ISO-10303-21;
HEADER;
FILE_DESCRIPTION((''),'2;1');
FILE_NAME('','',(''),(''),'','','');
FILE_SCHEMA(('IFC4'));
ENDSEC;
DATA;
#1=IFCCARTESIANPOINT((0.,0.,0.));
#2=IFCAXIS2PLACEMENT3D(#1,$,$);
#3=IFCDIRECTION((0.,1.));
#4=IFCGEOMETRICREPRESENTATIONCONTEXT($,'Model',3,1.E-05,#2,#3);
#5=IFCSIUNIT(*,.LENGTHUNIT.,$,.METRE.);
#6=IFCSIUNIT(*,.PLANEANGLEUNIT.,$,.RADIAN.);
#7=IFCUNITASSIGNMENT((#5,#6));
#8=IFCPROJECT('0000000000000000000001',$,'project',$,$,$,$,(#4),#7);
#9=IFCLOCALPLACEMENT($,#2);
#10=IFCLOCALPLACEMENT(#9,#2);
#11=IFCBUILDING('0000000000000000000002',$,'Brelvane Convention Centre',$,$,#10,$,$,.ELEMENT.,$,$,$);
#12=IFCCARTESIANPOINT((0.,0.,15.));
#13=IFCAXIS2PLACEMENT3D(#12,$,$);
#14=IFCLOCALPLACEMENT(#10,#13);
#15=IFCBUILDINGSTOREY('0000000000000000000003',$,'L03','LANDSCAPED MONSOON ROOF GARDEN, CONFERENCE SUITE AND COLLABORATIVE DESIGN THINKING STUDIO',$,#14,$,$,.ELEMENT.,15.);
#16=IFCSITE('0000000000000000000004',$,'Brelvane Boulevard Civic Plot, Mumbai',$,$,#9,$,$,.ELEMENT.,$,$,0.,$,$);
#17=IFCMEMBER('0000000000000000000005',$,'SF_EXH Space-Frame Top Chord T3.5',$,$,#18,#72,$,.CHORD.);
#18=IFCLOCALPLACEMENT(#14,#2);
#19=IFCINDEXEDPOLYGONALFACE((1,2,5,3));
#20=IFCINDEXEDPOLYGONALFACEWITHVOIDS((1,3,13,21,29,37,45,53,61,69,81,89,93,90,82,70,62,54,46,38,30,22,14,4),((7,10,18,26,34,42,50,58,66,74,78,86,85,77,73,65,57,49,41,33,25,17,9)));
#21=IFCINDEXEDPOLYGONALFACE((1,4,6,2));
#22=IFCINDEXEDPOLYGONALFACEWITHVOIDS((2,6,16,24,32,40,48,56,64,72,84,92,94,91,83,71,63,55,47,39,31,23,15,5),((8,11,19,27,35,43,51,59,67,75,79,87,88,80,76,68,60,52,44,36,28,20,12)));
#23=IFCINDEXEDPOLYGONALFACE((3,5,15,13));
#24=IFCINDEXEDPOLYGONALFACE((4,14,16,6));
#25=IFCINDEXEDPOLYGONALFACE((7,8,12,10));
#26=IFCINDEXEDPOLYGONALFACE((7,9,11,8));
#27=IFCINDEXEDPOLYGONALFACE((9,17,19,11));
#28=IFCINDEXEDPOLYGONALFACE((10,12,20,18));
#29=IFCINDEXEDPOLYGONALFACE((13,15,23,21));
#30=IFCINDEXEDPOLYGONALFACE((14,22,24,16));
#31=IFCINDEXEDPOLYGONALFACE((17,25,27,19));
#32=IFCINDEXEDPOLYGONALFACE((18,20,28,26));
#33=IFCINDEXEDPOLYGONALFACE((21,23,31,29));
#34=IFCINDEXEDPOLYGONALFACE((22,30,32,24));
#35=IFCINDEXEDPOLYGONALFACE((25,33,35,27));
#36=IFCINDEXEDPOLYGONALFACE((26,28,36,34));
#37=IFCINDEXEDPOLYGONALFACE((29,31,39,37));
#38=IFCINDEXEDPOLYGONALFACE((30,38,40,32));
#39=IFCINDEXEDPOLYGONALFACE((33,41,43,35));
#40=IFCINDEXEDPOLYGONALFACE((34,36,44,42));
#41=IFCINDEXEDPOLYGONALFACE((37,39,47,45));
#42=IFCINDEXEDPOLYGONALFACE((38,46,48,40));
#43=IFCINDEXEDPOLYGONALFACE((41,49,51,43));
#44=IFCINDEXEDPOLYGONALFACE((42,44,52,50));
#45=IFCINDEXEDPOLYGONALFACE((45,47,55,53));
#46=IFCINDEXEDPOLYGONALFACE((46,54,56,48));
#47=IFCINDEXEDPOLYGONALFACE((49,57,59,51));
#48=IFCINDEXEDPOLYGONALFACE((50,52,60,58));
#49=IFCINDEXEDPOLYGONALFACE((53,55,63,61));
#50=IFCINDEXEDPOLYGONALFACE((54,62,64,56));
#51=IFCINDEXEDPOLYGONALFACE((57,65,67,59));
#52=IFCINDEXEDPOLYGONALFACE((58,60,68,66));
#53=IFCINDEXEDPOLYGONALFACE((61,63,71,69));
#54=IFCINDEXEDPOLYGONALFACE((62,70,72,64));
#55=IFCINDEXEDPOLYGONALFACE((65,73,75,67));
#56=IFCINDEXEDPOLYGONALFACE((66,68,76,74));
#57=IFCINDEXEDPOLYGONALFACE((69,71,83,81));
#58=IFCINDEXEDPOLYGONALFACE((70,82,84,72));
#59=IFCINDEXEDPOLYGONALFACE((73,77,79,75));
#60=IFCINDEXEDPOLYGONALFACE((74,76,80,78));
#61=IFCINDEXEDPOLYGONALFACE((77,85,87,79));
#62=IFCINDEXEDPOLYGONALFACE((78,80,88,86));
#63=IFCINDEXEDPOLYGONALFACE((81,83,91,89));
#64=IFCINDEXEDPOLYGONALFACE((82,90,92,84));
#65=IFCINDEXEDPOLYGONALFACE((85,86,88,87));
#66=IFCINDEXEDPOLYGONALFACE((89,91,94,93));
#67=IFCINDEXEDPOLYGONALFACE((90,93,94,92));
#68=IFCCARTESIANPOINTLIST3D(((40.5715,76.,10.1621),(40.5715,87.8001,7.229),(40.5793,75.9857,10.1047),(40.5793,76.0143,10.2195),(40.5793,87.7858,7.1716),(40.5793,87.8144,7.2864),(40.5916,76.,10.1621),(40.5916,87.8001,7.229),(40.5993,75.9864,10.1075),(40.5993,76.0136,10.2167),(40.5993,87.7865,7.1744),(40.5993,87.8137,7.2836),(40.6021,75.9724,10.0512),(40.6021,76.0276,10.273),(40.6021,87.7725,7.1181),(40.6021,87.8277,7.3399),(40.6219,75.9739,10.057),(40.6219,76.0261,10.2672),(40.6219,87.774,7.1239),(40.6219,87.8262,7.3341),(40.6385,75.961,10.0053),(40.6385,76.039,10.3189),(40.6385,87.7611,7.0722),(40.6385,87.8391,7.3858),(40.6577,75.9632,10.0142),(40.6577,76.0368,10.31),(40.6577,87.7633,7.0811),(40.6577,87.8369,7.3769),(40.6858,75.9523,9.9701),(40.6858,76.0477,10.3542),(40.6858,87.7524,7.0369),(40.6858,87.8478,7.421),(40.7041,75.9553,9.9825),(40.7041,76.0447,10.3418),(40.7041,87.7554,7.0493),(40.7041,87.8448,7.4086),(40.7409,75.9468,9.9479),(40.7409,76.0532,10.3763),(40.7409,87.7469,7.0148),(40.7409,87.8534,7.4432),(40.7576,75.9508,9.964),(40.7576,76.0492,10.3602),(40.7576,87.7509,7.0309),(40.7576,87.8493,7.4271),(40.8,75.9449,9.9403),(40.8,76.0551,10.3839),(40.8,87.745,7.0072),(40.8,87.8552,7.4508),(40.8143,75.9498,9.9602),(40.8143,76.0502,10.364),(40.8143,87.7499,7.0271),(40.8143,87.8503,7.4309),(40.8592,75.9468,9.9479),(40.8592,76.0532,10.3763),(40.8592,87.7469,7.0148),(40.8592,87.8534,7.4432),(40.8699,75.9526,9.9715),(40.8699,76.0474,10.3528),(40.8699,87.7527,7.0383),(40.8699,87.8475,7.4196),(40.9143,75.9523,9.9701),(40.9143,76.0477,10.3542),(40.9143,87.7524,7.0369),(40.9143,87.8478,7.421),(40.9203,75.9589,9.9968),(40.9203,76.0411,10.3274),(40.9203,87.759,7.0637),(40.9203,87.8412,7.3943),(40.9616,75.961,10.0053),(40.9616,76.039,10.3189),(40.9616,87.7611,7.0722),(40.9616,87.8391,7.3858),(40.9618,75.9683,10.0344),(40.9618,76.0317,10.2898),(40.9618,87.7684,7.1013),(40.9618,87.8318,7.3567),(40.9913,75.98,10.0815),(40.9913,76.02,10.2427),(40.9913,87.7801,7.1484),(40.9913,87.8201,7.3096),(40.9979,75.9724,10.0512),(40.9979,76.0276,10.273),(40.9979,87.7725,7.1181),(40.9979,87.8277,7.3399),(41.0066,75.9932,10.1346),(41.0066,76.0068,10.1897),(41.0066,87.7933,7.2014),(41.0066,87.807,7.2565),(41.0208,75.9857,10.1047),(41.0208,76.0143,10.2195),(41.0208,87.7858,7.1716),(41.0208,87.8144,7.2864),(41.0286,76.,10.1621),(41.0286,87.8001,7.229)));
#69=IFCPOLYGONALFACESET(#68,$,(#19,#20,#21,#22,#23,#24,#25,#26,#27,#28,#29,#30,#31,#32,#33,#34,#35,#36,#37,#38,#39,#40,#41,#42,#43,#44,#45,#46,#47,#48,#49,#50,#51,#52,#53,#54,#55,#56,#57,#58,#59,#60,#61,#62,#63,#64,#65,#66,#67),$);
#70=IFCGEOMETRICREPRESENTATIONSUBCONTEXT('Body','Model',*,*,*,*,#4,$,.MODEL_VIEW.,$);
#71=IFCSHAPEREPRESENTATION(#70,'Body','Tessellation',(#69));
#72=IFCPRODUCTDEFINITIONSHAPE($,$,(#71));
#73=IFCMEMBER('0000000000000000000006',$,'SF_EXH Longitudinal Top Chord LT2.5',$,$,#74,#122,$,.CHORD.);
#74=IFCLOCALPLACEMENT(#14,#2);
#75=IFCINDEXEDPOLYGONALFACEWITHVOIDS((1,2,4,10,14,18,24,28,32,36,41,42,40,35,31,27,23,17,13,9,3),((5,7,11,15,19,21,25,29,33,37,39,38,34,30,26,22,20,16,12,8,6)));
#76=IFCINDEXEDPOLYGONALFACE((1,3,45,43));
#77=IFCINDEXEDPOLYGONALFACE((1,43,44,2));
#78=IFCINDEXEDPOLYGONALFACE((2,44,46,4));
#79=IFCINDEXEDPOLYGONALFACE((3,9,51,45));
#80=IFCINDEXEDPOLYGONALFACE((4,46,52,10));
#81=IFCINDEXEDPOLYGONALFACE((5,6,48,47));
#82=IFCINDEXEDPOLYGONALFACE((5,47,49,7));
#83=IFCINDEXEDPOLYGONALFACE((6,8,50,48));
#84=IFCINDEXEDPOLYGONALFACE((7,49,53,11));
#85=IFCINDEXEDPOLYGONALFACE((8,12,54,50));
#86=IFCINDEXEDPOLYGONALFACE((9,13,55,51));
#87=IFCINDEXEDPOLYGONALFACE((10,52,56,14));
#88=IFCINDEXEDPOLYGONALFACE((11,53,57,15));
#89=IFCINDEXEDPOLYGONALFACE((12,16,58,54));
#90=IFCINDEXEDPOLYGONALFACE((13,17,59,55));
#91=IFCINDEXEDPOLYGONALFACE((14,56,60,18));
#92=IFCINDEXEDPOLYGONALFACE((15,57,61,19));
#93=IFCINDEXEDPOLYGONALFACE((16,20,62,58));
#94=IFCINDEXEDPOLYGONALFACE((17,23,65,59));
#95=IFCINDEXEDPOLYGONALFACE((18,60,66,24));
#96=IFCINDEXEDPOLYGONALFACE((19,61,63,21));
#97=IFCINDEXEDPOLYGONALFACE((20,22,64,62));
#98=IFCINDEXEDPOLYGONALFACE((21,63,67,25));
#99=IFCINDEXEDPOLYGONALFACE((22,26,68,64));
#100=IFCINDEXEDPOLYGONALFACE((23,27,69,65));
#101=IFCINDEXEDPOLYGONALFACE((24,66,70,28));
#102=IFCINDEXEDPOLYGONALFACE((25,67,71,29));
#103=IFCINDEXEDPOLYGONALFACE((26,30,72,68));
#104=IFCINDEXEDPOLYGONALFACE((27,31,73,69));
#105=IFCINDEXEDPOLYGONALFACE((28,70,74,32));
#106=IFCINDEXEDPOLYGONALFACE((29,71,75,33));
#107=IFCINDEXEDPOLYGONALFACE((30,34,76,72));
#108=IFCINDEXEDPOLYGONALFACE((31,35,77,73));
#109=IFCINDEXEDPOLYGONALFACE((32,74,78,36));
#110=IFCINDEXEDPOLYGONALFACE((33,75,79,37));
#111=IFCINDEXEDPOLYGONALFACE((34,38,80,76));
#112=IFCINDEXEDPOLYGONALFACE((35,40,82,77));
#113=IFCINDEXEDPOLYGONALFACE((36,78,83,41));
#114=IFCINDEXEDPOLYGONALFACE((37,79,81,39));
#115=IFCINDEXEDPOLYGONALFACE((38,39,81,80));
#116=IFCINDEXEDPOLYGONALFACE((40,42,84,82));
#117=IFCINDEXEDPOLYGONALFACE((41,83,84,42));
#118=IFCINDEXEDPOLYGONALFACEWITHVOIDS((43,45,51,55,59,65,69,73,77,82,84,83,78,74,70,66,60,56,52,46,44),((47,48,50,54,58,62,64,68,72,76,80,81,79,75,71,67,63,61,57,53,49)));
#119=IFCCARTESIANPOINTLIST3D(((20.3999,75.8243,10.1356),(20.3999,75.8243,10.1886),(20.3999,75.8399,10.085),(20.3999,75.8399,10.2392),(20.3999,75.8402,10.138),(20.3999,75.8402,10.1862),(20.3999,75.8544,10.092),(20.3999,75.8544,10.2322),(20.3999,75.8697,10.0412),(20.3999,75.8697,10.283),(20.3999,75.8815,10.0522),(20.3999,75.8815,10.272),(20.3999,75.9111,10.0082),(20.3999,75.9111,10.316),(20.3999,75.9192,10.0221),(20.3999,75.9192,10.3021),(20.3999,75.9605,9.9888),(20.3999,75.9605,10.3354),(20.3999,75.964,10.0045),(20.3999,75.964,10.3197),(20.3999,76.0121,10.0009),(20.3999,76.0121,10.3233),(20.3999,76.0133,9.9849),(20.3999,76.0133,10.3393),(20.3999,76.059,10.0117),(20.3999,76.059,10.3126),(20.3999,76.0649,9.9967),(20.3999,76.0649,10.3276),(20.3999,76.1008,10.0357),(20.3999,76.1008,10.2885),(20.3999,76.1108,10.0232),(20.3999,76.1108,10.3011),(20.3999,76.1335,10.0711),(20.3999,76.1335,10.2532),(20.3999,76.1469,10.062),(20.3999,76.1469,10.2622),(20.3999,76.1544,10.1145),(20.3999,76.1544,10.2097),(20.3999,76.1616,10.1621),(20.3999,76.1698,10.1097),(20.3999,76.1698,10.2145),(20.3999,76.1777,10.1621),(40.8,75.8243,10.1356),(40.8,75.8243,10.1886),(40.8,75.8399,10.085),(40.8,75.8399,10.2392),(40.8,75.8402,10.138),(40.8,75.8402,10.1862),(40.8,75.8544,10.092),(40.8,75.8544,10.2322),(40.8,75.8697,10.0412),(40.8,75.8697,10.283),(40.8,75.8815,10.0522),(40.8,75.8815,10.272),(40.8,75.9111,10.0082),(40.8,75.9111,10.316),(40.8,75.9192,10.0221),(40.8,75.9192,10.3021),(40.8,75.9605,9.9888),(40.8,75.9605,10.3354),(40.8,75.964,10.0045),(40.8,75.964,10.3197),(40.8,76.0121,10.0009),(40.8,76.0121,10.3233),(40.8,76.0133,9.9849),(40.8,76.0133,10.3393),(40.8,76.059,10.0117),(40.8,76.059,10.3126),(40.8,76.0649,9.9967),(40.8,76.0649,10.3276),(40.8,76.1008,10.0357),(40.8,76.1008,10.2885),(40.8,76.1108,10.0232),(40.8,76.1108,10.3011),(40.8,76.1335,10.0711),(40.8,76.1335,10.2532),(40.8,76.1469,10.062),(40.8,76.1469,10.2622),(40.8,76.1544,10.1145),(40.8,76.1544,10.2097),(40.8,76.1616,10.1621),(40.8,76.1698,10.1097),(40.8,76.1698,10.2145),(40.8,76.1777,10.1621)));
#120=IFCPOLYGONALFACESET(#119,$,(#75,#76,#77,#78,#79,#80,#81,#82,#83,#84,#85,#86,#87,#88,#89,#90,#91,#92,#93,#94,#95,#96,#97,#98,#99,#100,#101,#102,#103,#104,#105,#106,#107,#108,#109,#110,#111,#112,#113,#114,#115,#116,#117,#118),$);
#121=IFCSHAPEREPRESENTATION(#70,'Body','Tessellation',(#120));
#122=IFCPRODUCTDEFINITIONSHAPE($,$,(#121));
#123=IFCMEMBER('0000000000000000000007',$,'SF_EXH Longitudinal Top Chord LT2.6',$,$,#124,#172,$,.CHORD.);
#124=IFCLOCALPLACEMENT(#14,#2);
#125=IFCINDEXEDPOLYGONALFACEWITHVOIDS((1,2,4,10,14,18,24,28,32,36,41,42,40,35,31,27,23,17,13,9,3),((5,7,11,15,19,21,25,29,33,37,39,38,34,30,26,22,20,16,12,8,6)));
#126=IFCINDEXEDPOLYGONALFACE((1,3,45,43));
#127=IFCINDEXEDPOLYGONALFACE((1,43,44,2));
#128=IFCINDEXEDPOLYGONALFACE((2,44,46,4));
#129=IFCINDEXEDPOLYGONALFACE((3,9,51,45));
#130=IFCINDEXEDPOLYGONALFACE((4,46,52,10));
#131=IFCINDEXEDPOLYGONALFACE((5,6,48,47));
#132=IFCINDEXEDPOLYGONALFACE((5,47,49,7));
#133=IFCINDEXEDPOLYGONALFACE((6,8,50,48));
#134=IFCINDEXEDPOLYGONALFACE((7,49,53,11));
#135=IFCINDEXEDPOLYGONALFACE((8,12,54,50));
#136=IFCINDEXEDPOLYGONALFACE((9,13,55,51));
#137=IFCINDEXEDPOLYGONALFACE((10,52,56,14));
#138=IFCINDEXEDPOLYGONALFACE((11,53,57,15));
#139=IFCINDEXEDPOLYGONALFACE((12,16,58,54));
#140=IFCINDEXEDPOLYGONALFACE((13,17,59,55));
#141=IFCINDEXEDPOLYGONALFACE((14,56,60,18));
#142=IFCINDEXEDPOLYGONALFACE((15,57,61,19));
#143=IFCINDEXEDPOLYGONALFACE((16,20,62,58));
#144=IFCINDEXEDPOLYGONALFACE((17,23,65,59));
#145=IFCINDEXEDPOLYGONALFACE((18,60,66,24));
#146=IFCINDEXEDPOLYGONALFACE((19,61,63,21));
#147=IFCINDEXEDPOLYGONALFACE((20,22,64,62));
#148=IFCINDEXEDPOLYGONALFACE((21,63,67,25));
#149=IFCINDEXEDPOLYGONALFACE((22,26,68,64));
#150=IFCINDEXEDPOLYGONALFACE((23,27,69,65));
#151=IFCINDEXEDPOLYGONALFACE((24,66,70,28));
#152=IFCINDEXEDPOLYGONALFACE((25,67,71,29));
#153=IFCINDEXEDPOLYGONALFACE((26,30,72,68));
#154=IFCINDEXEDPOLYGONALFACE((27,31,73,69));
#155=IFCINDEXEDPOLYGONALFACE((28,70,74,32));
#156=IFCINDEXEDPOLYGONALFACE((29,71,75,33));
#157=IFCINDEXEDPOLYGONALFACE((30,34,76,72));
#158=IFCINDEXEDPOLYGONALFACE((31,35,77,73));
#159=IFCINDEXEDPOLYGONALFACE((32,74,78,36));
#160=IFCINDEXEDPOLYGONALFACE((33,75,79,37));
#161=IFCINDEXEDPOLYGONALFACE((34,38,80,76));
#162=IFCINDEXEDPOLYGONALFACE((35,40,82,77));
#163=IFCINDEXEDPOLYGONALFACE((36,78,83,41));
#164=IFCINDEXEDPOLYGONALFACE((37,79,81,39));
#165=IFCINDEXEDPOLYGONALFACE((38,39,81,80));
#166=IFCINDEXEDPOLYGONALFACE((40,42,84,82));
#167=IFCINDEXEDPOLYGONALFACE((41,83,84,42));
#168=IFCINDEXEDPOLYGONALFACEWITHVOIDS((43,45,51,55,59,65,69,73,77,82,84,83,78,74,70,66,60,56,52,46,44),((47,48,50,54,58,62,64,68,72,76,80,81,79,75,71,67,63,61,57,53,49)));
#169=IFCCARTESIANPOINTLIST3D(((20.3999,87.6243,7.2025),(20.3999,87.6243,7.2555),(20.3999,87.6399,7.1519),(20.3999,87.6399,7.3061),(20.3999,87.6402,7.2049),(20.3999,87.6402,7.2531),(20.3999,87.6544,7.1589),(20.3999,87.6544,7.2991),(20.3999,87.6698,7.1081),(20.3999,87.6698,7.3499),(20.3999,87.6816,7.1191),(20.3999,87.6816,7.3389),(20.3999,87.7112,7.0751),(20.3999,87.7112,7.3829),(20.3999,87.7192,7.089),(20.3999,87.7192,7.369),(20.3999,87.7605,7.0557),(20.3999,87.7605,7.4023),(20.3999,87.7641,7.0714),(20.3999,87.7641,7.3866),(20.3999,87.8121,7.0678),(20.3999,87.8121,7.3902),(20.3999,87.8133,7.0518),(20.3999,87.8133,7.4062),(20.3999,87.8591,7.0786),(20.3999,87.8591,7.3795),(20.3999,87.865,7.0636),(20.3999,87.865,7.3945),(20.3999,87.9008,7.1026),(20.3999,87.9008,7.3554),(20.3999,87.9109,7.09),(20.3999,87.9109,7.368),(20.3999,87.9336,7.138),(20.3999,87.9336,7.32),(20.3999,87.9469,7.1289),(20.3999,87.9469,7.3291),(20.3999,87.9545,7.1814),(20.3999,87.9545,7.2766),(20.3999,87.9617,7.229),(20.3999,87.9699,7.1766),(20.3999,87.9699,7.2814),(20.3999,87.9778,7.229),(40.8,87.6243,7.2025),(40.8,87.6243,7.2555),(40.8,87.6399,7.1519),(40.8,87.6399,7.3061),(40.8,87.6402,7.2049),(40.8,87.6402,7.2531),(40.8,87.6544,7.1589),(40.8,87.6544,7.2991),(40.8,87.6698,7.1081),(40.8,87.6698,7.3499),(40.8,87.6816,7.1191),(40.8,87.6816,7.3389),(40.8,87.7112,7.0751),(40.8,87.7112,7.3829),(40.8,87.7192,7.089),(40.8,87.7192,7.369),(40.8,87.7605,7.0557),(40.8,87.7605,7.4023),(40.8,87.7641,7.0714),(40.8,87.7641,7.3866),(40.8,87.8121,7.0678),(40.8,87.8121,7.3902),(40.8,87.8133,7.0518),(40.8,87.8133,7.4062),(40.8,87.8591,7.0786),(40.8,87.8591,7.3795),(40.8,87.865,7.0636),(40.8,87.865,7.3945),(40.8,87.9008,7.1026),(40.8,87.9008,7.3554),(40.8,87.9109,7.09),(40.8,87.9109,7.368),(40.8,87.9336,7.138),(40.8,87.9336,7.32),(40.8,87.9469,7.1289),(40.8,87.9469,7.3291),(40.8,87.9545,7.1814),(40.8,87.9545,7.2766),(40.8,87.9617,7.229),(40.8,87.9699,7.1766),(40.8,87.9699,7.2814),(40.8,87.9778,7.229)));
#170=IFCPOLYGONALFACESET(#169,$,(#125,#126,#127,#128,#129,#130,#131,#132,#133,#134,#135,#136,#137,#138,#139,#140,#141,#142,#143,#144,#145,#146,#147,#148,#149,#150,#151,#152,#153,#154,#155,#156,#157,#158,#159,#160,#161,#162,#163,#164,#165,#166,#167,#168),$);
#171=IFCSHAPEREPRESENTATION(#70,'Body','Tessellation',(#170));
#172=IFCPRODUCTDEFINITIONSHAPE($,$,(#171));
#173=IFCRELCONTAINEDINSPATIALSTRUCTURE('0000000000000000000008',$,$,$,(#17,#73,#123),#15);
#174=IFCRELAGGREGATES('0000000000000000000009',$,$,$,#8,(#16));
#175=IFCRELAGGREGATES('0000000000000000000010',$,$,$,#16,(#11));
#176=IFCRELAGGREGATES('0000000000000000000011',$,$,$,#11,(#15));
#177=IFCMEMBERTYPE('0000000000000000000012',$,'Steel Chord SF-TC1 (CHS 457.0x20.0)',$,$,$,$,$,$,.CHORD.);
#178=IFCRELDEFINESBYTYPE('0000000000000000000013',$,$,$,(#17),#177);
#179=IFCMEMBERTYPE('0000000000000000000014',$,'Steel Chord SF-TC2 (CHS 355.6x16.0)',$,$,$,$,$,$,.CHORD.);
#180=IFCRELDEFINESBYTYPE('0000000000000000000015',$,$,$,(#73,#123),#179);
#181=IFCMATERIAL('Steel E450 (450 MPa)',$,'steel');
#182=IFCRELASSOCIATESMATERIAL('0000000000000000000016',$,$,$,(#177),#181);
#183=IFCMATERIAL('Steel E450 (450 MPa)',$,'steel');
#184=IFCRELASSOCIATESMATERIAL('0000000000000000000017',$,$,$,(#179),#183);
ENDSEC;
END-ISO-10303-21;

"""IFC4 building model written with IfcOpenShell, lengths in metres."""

from ifc_helpers import new_model, si_unit, direction, frame, origin, origin_2d, place, context, subcontext, project, spatial, hollow_circle, extrude, material, material_profile, profile_set, type_object, element, save


model = new_model("IFC4")

# Units and contexts
model_context = context("Model", 3, precision=1e-05, world=origin(), true_north=direction((0.0, 1.0)))
body_context = subcontext(model_context, "Body", "Model", "MODEL_VIEW")
ifc_project = project(units=[si_unit("LENGTHUNIT", "METRE"), si_unit("PLANEANGLEUNIT", "RADIAN")], contexts=[model_context])

# Site, building, storey
site_placement = place(None, origin())
site = spatial("IfcSite", under=ifc_project, at=site_placement, Name="Brelvane Boulevard Civic Plot, Mumbai", CompositionType="ELEMENT", RefElevation=0.0)
building_placement = place(site_placement, origin())
building = spatial("IfcBuilding", under=site, at=building_placement, Name="Brelvane Convention Centre", CompositionType="ELEMENT")
storey_placement = place(building_placement, frame((0.0, 0.0, 15.0)))
storey = spatial("IfcBuildingStorey", under=building, at=storey_placement, Name="L03", Description="LANDSCAPED MONSOON ROOF GARDEN, CONFERENCE SUITE AND COLLABORATIVE DESIGN THINKING STUDIO", CompositionType="ELEMENT", Elevation=15.0)

# Members
ifc_material_1 = material(Name="Steel E450 (450 MPa)", Category="steel")
ifc_material_profile_1 = material_profile(ifc_material_1, hollow_circle(Radius=0.2285, WallThickness=0.02, at=origin_2d()), Name="CHS 457.0x20.0")
ifc_profile_set_1 = profile_set([ifc_material_profile_1], Name="Steel E450 (450 MPa)")
member_type_1 = type_object("IfcMemberType", Name="Steel Chord SF-TC1 (CHS 457.0x20.0)", PredefinedType="CHORD", material=ifc_profile_set_1)
member_1_placement = place(storey_placement, frame((40.8, 76.0, 10.1621), z_axis=(0.0, 0.970469, -0.241227), x_axis=(-1.0, 0.0, 0.0)))
element("IfcMember", 1, at=member_1_placement, inside=storey, type_object=member_type_1, Name="SF_EXH Space-Frame Top Chord T3.5", PredefinedType="CHORD", context=body_context, shape_type="SweptSolid", body=[
    extrude(hollow_circle(Radius=0.2285, WallThickness=0.02, at=origin_2d()), origin(), (0.0, 0.0, 1.0), 12.1592),
])
ifc_material_2 = material(Name="Steel E450 (450 MPa)", Category="steel")
ifc_material_profile_2 = material_profile(ifc_material_2, hollow_circle(Radius=0.1777, WallThickness=0.0161, at=origin_2d()), Name="CHS 355.6x16.0")
ifc_profile_set_2 = profile_set([ifc_material_profile_2], Name="Steel E450 (450 MPa)")
member_type_2 = type_object("IfcMemberType", Name="Steel Chord SF-TC2 (CHS 355.6x16.0)", PredefinedType="CHORD", material=ifc_profile_set_2)
for number, where, z_axis, x_axis, name in (
    (2, (20.3999, 76.0, 10.1621), (1.0, 0.0, 0.0), (0.0, 1.0, 0.0), "SF_EXH Longitudinal Top Chord LT2.5"),
    (3, (20.3999, 87.8, 7.229), (1.0, 0.0, 0.0), (0.0, 1.0, 0.0), "SF_EXH Longitudinal Top Chord LT2.6"),
):
    element("IfcMember", number, at=place(storey_placement, frame(where, z_axis=z_axis, x_axis=x_axis)), inside=storey, type_object=member_type_2, Name=name, PredefinedType="CHORD", context=body_context, shape_type="SweptSolid", body=[
        extrude(hollow_circle(Radius=0.1777, WallThickness=0.0161, at=origin_2d()), origin(), (0.0, 0.0, 1.0), 20.4001),
    ])

save(model, "model.ifc")
